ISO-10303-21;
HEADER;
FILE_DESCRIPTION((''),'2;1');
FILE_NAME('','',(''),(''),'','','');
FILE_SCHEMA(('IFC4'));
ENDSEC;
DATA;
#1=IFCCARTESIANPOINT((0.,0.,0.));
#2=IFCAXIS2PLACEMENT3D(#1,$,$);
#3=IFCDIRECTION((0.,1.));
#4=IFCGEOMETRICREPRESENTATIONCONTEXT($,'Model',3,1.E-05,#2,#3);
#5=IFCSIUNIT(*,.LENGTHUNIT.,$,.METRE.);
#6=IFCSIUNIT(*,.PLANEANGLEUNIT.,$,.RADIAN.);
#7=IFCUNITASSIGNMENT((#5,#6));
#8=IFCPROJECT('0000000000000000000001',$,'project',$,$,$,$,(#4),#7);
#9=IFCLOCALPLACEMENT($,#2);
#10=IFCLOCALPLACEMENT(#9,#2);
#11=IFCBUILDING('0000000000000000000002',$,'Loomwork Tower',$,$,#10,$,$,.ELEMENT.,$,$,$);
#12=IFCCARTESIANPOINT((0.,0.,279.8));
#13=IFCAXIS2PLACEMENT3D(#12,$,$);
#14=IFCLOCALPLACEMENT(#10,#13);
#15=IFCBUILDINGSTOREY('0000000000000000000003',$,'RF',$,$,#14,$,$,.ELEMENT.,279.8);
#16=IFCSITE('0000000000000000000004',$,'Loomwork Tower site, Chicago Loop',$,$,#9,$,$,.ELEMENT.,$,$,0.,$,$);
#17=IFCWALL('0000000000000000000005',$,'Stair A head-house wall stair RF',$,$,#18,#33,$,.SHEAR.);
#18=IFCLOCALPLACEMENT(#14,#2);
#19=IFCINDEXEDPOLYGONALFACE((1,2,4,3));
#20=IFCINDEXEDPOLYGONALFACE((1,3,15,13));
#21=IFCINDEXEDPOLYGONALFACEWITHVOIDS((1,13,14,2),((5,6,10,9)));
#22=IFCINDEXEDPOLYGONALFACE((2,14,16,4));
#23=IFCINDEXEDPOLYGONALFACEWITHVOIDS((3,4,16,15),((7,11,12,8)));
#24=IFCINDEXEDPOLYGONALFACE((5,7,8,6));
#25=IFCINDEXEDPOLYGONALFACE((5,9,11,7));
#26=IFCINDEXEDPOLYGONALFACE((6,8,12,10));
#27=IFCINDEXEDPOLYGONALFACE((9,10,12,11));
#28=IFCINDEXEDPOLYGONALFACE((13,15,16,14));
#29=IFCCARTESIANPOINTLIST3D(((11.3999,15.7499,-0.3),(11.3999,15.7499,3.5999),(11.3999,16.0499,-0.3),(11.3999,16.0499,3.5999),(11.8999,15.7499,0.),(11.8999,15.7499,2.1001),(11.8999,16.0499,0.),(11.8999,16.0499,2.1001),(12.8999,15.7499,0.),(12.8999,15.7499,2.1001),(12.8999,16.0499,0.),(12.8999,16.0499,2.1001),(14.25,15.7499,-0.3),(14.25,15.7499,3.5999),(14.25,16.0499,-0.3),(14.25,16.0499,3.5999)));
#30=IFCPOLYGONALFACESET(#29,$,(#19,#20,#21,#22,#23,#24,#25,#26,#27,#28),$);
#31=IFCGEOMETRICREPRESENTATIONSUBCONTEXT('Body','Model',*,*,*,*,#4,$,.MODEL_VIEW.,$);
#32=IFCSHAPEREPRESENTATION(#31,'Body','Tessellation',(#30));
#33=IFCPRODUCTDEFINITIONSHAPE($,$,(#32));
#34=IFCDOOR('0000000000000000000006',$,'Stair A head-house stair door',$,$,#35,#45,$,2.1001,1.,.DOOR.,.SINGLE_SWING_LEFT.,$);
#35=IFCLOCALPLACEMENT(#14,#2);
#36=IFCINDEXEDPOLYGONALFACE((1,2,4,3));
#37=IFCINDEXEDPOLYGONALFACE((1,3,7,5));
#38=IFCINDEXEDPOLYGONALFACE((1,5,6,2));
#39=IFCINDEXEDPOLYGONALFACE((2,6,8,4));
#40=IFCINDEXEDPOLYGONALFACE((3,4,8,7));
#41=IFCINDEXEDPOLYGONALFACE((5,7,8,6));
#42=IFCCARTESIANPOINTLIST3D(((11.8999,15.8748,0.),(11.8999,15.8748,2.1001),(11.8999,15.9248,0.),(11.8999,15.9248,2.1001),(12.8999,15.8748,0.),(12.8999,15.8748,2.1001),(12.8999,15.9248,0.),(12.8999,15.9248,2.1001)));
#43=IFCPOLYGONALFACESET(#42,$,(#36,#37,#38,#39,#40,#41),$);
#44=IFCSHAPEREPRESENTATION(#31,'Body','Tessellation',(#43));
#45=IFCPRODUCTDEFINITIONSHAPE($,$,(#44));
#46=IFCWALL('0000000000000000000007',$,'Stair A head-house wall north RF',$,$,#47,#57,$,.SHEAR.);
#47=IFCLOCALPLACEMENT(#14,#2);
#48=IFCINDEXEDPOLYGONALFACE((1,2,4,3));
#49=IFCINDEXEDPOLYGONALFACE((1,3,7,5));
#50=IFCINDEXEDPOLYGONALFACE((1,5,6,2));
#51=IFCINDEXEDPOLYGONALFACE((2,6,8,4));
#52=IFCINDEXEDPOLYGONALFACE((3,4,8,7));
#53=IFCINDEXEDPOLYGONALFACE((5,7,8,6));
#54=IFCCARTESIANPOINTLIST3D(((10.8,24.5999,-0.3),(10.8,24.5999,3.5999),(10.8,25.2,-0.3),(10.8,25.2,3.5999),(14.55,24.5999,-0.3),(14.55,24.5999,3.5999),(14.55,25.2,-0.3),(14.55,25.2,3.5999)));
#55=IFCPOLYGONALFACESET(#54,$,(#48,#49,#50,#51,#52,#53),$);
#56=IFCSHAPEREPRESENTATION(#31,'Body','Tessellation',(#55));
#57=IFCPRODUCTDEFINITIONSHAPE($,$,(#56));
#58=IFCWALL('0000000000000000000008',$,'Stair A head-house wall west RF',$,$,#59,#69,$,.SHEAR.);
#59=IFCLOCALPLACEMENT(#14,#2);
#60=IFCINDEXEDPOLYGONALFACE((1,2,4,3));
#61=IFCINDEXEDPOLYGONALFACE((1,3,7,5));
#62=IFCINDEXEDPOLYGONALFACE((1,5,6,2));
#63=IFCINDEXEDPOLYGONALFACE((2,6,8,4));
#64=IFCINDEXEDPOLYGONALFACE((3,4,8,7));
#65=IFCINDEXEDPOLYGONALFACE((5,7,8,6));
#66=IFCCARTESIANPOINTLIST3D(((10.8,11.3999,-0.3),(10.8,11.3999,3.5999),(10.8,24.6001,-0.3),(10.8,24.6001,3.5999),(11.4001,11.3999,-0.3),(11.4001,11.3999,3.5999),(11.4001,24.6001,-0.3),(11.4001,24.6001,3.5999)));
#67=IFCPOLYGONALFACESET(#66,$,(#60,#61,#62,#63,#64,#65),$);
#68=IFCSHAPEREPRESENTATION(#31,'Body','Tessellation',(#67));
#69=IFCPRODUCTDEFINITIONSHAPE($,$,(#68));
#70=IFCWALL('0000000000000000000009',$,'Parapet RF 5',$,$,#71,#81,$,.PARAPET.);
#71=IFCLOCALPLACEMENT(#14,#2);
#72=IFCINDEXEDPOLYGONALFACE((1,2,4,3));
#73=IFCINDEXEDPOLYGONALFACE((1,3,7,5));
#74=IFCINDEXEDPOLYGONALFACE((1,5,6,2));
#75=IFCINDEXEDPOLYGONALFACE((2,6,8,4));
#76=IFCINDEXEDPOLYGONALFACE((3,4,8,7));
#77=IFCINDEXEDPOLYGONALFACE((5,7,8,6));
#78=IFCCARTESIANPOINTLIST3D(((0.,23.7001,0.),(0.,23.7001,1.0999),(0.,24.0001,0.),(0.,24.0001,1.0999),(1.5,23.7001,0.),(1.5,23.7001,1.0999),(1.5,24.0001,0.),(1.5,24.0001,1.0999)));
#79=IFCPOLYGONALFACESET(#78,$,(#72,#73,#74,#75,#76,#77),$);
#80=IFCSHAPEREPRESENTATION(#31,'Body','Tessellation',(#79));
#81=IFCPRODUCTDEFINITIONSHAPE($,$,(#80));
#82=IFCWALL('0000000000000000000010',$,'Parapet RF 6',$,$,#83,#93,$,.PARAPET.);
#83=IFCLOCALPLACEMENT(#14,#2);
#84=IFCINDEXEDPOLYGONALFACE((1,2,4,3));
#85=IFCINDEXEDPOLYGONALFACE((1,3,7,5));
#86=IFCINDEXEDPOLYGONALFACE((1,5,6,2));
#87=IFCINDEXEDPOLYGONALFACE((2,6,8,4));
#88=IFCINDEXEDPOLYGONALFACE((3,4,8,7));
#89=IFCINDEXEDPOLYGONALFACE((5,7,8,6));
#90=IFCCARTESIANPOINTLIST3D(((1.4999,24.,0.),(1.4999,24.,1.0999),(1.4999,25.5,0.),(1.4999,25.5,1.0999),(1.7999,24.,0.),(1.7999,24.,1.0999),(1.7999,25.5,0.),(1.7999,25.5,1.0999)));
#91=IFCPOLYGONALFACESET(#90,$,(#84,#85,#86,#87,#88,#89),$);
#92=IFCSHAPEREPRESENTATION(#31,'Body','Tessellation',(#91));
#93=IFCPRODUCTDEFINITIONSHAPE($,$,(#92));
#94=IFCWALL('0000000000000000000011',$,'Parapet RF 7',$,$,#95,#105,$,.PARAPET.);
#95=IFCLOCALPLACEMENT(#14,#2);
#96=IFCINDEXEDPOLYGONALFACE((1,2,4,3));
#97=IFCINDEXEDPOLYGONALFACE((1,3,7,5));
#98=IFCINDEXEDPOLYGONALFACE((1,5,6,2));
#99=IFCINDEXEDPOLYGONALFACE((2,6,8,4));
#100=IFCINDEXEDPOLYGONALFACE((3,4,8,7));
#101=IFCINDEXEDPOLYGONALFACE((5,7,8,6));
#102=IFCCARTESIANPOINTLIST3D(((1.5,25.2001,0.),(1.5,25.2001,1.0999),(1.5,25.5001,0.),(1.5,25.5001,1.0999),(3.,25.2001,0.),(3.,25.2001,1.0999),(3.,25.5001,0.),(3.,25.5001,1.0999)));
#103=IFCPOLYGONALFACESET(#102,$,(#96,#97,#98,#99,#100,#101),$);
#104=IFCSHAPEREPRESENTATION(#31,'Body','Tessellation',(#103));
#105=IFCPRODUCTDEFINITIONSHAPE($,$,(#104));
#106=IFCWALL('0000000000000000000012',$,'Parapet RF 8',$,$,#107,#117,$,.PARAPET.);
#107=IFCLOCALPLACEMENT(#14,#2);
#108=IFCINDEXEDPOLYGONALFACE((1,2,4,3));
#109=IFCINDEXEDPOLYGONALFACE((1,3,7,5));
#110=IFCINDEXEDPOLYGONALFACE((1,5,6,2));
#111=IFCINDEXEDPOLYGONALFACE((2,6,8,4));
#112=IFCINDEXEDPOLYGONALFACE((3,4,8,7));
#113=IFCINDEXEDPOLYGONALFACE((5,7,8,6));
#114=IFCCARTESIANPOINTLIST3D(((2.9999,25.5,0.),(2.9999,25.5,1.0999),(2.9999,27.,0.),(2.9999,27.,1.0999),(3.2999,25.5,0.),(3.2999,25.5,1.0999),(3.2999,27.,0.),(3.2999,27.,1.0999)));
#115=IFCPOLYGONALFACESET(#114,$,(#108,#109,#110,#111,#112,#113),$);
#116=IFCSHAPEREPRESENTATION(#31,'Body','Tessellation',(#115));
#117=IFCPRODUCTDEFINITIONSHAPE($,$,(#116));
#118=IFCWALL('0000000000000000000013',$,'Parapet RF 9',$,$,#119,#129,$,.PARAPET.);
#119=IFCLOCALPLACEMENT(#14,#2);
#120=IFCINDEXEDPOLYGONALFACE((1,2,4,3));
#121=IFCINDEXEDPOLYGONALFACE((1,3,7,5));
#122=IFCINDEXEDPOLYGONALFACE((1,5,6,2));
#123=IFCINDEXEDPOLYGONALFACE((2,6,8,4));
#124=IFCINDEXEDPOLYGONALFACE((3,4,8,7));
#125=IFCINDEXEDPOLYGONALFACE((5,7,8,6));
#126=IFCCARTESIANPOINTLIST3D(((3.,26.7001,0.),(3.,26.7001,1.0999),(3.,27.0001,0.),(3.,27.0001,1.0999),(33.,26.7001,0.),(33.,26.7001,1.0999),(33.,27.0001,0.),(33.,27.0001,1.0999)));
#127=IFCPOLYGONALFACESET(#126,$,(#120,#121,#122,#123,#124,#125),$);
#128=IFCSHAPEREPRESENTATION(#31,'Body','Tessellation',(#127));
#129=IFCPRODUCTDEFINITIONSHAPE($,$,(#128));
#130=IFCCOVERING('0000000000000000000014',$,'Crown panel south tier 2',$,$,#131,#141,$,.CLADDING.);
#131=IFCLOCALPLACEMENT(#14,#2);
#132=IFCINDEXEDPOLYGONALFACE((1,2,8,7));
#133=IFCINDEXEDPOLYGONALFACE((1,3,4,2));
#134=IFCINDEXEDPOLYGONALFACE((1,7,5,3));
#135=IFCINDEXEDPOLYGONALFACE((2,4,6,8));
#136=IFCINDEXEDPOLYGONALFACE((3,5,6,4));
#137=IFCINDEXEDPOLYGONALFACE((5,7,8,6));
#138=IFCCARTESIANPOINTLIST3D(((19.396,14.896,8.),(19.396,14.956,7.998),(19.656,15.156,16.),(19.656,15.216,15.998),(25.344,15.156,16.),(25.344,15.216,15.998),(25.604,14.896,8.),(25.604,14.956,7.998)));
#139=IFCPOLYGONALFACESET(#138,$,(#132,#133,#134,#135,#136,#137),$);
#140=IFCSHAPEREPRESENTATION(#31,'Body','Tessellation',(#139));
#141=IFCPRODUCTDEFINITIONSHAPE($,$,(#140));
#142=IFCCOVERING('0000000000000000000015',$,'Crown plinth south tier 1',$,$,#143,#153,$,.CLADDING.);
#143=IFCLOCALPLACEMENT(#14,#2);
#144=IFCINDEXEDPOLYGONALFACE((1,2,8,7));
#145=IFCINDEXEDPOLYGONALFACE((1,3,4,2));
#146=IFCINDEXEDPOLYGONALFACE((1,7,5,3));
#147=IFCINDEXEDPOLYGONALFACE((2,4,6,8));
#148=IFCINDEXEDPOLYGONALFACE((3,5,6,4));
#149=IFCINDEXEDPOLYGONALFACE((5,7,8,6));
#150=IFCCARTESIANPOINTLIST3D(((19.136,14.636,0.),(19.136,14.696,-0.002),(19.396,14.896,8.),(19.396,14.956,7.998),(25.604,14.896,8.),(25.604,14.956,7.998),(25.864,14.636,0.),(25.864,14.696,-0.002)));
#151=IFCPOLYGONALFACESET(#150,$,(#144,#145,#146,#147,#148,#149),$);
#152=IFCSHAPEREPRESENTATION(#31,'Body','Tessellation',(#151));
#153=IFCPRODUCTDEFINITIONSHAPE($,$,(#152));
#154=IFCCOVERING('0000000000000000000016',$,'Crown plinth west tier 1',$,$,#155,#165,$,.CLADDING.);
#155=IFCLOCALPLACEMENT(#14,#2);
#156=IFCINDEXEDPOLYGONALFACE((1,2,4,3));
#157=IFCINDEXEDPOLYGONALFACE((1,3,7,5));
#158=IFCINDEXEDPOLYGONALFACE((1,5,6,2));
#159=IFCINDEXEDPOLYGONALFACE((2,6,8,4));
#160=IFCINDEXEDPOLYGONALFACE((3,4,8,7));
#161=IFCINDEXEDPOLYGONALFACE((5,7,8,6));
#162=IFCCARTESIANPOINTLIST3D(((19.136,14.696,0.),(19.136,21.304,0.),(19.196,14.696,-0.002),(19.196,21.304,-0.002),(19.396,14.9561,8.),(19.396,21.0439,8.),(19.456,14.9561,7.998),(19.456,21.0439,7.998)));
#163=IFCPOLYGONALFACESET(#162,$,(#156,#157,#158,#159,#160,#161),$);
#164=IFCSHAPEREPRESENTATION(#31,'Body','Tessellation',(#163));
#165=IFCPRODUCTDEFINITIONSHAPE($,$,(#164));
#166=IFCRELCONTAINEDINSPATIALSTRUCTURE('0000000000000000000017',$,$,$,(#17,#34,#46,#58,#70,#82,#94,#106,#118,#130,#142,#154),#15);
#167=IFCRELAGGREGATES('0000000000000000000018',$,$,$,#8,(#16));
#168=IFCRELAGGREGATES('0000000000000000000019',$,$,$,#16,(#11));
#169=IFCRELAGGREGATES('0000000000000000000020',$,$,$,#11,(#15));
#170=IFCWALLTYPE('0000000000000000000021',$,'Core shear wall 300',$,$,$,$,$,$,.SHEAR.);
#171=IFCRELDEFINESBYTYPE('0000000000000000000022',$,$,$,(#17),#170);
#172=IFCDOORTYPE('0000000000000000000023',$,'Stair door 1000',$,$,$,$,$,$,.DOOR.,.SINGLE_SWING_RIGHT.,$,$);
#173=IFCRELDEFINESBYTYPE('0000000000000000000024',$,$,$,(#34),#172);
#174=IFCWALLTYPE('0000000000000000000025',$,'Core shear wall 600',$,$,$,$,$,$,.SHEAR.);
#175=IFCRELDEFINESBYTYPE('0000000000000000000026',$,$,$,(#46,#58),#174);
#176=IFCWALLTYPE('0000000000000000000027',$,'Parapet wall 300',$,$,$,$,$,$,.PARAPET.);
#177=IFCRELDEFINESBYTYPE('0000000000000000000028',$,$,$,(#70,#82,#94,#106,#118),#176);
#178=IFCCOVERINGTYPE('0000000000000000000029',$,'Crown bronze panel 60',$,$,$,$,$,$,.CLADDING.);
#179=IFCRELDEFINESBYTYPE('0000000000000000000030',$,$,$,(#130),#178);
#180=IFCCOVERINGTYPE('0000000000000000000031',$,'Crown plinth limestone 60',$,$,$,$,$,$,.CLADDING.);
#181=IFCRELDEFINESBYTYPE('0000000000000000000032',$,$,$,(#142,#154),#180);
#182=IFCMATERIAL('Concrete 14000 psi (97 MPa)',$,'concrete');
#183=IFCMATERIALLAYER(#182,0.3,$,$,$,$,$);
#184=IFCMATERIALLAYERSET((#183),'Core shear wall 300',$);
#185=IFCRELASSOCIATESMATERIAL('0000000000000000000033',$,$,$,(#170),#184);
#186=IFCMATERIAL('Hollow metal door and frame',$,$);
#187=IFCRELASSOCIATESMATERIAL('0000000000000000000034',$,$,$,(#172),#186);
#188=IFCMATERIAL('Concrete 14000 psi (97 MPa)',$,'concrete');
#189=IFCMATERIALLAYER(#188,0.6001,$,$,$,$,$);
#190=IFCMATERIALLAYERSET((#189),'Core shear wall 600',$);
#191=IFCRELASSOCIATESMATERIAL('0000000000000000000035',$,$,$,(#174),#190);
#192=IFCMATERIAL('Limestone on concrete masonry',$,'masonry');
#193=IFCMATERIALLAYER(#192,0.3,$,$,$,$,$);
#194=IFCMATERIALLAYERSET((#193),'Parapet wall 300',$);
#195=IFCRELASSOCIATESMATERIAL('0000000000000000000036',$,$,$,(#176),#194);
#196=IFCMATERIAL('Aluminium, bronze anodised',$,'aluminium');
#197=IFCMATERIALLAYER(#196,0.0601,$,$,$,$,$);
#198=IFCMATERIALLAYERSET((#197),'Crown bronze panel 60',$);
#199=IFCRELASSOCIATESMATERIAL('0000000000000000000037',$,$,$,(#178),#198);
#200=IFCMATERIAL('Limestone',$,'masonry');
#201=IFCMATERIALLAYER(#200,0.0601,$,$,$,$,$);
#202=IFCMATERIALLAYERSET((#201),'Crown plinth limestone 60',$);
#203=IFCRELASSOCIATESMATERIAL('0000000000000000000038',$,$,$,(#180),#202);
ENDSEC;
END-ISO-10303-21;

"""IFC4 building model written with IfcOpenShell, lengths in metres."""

from ifc_helpers import new_model, si_unit, direction, frame, frame_2d, origin, place, context, subcontext, project, spatial, polyline, rectangle, outline, extrude, material, layer, layer_set, type_object, element, fill, save


model = new_model("IFC4")

# Units and contexts
model_context = context("Model", 3, precision=1e-05, world=origin(), true_north=direction((0.0, 1.0)))
body_context = subcontext(model_context, "Body", "Model", "MODEL_VIEW")
ifc_project = project(units=[si_unit("LENGTHUNIT", "METRE"), si_unit("PLANEANGLEUNIT", "RADIAN")], contexts=[model_context])

# Site, building, storey
site_placement = place(None, origin())
site = spatial("IfcSite", under=ifc_project, at=site_placement, Name="Loomwork Tower site, Chicago Loop", CompositionType="ELEMENT", RefElevation=0.0)
building_placement = place(site_placement, origin())
building = spatial("IfcBuilding", under=site, at=building_placement, Name="Loomwork Tower", CompositionType="ELEMENT")
storey_placement = place(building_placement, frame((0.0, 0.0, 279.8)))
storey = spatial("IfcBuildingStorey", under=building, at=storey_placement, Name="RF", CompositionType="ELEMENT", Elevation=279.8)

# Wall, opening, door
ifc_material_1 = material(Name="Concrete 14000 psi (97 MPa)", Category="concrete")
ifc_layer_1 = layer(ifc_material_1, 0.3)
ifc_layer_set_1 = layer_set([ifc_layer_1], Name="Core shear wall 300")
wall_type_1 = type_object("IfcWallType", Name="Core shear wall 300", PredefinedType="SHEAR", material=ifc_layer_set_1)
wall_1_placement = place(storey_placement, frame((11.3999, 15.8999, -0.3), z_axis=(0.0, 0.0, 1.0), x_axis=(1.0, 0.0, 0.0)))
wall_1 = element("IfcWall", 1, at=wall_1_placement, inside=storey, type_object=wall_type_1, Name="Stair A head-house wall stair RF", PredefinedType="SHEAR", context=body_context, shape_type="SweptSolid", body=[
    extrude(rectangle(XDim=2.8501, YDim=0.3, at=frame_2d((1.425, 0.0))), origin(), (0.0, 0.0, 1.0), 3.8999),
])
opening_1_placement = place(wall_1_placement, frame((0.5, 0.0, 0.3)))
opening_1 = element("IfcOpeningElement", 2, at=opening_1_placement, cuts=wall_1, PredefinedType="OPENING", context=body_context, shape_type="SweptSolid", body=[
    extrude(rectangle(XDim=1.0, YDim=2.1001, at=frame_2d((0.5, 1.05))), frame((0.0, 0.1599, 0.0), z_axis=(0.0, -1.0, 0.0), x_axis=(1.0, 0.0, 0.0)), (0.0, 0.0, 1.0), 0.3201),
])
ifc_material_2 = material(Name="Hollow metal door and frame")
door_type_1 = type_object("IfcDoorType", Name="Stair door 1000", OperationType="SINGLE_SWING_RIGHT", PredefinedType="DOOR", material=ifc_material_2)
door_1_placement = place(opening_1_placement, origin())
door_1 = element("IfcDoor", 3, at=door_1_placement, inside=storey, type_object=door_type_1, Name="Stair A head-house stair door", OperationType="SINGLE_SWING_LEFT", OverallHeight=2.1001, OverallWidth=1.0, PredefinedType="DOOR", context=body_context, shape_type="SweptSolid", body=[
    extrude(rectangle(XDim=1.0, YDim=2.1001, at=frame_2d((0.5, 1.05))), frame((0.0, 0.0249, 0.0), z_axis=(0.0, -1.0, 0.0), x_axis=(1.0, 0.0, 0.0)), (0.0, 0.0, 1.0), 0.05),
])
fill(opening_1, door_1)

# Walls
ifc_material_3 = material(Name="Concrete 14000 psi (97 MPa)", Category="concrete")
ifc_layer_2 = layer(ifc_material_3, 0.6001)
ifc_layer_set_2 = layer_set([ifc_layer_2], Name="Core shear wall 600")
wall_type_2 = type_object("IfcWallType", Name="Core shear wall 600", PredefinedType="SHEAR", material=ifc_layer_set_2)
wall_2_placement = place(storey_placement, frame((10.8, 24.8999, -0.3), z_axis=(0.0, 0.0, 1.0), x_axis=(1.0, 0.0, 0.0)))
element("IfcWall", 4, at=wall_2_placement, inside=storey, type_object=wall_type_2, Name="Stair A head-house wall north RF", PredefinedType="SHEAR", context=body_context, shape_type="SweptSolid", body=[
    extrude(rectangle(XDim=3.75, YDim=0.6001, at=frame_2d((1.875, 0.0))), origin(), (0.0, 0.0, 1.0), 3.8999),
])
wall_3_placement = place(storey_placement, frame((11.1001, 11.3999, -0.3), z_axis=(0.0, 0.0, 1.0), x_axis=(0.0, 1.0, 0.0)))
element("IfcWall", 5, at=wall_3_placement, inside=storey, type_object=wall_type_2, Name="Stair A head-house wall west RF", PredefinedType="SHEAR", context=body_context, shape_type="SweptSolid", body=[
    extrude(rectangle(XDim=13.2002, YDim=0.6001, at=frame_2d((6.6001, 0.0))), origin(), (0.0, 0.0, 1.0), 3.8999),
])
ifc_material_4 = material(Name="Limestone on concrete masonry", Category="masonry")
ifc_layer_3 = layer(ifc_material_4, 0.3)
ifc_layer_set_3 = layer_set([ifc_layer_3], Name="Parapet wall 300")
wall_type_3 = type_object("IfcWallType", Name="Parapet wall 300", PredefinedType="PARAPET", material=ifc_layer_set_3)
for number, where, z_axis, x_axis, name in (
    (6, (0.0, 23.8501, 0.0), (0.0, 0.0, 1.0), (1.0, 0.0, 0.0), "Parapet RF 5"),
    (7, (1.6499, 24.0, 0.0), (0.0, 0.0, 1.0), (0.0, 1.0, 0.0), "Parapet RF 6"),
    (8, (1.5, 25.3501, 0.0), (0.0, 0.0, 1.0), (1.0, 0.0, 0.0), "Parapet RF 7"),
    (9, (3.1499, 25.5, 0.0), (0.0, 0.0, 1.0), (0.0, 1.0, 0.0), "Parapet RF 8"),
):
    element("IfcWall", number, at=place(storey_placement, frame(where, z_axis=z_axis, x_axis=x_axis)), inside=storey, type_object=wall_type_3, Name=name, PredefinedType="PARAPET", context=body_context, shape_type="SweptSolid", body=[
        extrude(rectangle(XDim=1.5, YDim=0.3, at=frame_2d((0.75, 0.0))), origin(), (0.0, 0.0, 1.0), 1.0999),
    ])
wall_4_placement = place(storey_placement, frame((3.0, 26.8501, 0.0), z_axis=(0.0, 0.0, 1.0), x_axis=(1.0, 0.0, 0.0)))
element("IfcWall", 10, at=wall_4_placement, inside=storey, type_object=wall_type_3, Name="Parapet RF 9", PredefinedType="PARAPET", context=body_context, shape_type="SweptSolid", body=[
    extrude(rectangle(XDim=30.0, YDim=0.3, at=frame_2d((15.0, 0.0))), origin(), (0.0, 0.0, 1.0), 1.0999),
])

# Coverings
ifc_material_5 = material(Name="Aluminium, bronze anodised", Category="aluminium")
ifc_layer_4 = layer(ifc_material_5, 0.0601)
ifc_layer_set_4 = layer_set([ifc_layer_4], Name="Crown bronze panel 60")
covering_type_1 = type_object("IfcCoveringType", Name="Crown bronze panel 60", PredefinedType="CLADDING", material=ifc_layer_set_4)
covering_1_placement = place(storey_placement, frame((19.396, 14.896, 8.0), z_axis=(0.0, -0.999472, 0.032484), x_axis=(1.0, 0.0, 0.0)))
element("IfcCovering", 11, at=covering_1_placement, inside=storey, type_object=covering_type_1, Name="Crown panel south tier 2", PredefinedType="CLADDING", context=body_context, shape_type="SweptSolid", body=[
    extrude(outline(polyline([(0.0, 0.0), (6.208, 0.0), (5.948, 8.0042), (0.26, 8.0042), (0.0, 0.0)])), origin(), (0.0, 0.0, -1.0), 0.0601),
])
ifc_material_6 = material(Name="Limestone", Category="masonry")
ifc_layer_5 = layer(ifc_material_6, 0.0601)
ifc_layer_set_5 = layer_set([ifc_layer_5], Name="Crown plinth limestone 60")
covering_type_2 = type_object("IfcCoveringType", Name="Crown plinth limestone 60", PredefinedType="CLADDING", material=ifc_layer_set_5)
covering_2_placement = place(storey_placement, frame((19.136, 14.636, 0.0), z_axis=(0.0, -0.999472, 0.032484), x_axis=(1.0, 0.0, 0.0)))
element("IfcCovering", 12, at=covering_2_placement, inside=storey, type_object=covering_type_2, Name="Crown plinth south tier 1", PredefinedType="CLADDING", context=body_context, shape_type="SweptSolid", body=[
    extrude(outline(polyline([(0.0, 0.0), (6.728, 0.0), (6.468, 8.0042), (0.26, 8.0042), (0.0, 0.0)])), origin(), (0.0, 0.0, -1.0), 0.0601),
])
covering_3_placement = place(storey_placement, frame((19.136, 21.304, 0.0), z_axis=(-0.999472, 0.0, 0.032484), x_axis=(0.0, -1.0, 0.0)))
element("IfcCovering", 13, at=covering_3_placement, inside=storey, type_object=covering_type_2, Name="Crown plinth west tier 1", PredefinedType="CLADDING", context=body_context, shape_type="SweptSolid", body=[
    extrude(outline(polyline([(0.0, 0.0), (6.6079, 0.0), (6.3479, 8.0042), (0.26, 8.0042), (0.0, 0.0)])), origin(), (0.0, 0.0, -1.0), 0.0601),
])

save(model, "model.ifc")
